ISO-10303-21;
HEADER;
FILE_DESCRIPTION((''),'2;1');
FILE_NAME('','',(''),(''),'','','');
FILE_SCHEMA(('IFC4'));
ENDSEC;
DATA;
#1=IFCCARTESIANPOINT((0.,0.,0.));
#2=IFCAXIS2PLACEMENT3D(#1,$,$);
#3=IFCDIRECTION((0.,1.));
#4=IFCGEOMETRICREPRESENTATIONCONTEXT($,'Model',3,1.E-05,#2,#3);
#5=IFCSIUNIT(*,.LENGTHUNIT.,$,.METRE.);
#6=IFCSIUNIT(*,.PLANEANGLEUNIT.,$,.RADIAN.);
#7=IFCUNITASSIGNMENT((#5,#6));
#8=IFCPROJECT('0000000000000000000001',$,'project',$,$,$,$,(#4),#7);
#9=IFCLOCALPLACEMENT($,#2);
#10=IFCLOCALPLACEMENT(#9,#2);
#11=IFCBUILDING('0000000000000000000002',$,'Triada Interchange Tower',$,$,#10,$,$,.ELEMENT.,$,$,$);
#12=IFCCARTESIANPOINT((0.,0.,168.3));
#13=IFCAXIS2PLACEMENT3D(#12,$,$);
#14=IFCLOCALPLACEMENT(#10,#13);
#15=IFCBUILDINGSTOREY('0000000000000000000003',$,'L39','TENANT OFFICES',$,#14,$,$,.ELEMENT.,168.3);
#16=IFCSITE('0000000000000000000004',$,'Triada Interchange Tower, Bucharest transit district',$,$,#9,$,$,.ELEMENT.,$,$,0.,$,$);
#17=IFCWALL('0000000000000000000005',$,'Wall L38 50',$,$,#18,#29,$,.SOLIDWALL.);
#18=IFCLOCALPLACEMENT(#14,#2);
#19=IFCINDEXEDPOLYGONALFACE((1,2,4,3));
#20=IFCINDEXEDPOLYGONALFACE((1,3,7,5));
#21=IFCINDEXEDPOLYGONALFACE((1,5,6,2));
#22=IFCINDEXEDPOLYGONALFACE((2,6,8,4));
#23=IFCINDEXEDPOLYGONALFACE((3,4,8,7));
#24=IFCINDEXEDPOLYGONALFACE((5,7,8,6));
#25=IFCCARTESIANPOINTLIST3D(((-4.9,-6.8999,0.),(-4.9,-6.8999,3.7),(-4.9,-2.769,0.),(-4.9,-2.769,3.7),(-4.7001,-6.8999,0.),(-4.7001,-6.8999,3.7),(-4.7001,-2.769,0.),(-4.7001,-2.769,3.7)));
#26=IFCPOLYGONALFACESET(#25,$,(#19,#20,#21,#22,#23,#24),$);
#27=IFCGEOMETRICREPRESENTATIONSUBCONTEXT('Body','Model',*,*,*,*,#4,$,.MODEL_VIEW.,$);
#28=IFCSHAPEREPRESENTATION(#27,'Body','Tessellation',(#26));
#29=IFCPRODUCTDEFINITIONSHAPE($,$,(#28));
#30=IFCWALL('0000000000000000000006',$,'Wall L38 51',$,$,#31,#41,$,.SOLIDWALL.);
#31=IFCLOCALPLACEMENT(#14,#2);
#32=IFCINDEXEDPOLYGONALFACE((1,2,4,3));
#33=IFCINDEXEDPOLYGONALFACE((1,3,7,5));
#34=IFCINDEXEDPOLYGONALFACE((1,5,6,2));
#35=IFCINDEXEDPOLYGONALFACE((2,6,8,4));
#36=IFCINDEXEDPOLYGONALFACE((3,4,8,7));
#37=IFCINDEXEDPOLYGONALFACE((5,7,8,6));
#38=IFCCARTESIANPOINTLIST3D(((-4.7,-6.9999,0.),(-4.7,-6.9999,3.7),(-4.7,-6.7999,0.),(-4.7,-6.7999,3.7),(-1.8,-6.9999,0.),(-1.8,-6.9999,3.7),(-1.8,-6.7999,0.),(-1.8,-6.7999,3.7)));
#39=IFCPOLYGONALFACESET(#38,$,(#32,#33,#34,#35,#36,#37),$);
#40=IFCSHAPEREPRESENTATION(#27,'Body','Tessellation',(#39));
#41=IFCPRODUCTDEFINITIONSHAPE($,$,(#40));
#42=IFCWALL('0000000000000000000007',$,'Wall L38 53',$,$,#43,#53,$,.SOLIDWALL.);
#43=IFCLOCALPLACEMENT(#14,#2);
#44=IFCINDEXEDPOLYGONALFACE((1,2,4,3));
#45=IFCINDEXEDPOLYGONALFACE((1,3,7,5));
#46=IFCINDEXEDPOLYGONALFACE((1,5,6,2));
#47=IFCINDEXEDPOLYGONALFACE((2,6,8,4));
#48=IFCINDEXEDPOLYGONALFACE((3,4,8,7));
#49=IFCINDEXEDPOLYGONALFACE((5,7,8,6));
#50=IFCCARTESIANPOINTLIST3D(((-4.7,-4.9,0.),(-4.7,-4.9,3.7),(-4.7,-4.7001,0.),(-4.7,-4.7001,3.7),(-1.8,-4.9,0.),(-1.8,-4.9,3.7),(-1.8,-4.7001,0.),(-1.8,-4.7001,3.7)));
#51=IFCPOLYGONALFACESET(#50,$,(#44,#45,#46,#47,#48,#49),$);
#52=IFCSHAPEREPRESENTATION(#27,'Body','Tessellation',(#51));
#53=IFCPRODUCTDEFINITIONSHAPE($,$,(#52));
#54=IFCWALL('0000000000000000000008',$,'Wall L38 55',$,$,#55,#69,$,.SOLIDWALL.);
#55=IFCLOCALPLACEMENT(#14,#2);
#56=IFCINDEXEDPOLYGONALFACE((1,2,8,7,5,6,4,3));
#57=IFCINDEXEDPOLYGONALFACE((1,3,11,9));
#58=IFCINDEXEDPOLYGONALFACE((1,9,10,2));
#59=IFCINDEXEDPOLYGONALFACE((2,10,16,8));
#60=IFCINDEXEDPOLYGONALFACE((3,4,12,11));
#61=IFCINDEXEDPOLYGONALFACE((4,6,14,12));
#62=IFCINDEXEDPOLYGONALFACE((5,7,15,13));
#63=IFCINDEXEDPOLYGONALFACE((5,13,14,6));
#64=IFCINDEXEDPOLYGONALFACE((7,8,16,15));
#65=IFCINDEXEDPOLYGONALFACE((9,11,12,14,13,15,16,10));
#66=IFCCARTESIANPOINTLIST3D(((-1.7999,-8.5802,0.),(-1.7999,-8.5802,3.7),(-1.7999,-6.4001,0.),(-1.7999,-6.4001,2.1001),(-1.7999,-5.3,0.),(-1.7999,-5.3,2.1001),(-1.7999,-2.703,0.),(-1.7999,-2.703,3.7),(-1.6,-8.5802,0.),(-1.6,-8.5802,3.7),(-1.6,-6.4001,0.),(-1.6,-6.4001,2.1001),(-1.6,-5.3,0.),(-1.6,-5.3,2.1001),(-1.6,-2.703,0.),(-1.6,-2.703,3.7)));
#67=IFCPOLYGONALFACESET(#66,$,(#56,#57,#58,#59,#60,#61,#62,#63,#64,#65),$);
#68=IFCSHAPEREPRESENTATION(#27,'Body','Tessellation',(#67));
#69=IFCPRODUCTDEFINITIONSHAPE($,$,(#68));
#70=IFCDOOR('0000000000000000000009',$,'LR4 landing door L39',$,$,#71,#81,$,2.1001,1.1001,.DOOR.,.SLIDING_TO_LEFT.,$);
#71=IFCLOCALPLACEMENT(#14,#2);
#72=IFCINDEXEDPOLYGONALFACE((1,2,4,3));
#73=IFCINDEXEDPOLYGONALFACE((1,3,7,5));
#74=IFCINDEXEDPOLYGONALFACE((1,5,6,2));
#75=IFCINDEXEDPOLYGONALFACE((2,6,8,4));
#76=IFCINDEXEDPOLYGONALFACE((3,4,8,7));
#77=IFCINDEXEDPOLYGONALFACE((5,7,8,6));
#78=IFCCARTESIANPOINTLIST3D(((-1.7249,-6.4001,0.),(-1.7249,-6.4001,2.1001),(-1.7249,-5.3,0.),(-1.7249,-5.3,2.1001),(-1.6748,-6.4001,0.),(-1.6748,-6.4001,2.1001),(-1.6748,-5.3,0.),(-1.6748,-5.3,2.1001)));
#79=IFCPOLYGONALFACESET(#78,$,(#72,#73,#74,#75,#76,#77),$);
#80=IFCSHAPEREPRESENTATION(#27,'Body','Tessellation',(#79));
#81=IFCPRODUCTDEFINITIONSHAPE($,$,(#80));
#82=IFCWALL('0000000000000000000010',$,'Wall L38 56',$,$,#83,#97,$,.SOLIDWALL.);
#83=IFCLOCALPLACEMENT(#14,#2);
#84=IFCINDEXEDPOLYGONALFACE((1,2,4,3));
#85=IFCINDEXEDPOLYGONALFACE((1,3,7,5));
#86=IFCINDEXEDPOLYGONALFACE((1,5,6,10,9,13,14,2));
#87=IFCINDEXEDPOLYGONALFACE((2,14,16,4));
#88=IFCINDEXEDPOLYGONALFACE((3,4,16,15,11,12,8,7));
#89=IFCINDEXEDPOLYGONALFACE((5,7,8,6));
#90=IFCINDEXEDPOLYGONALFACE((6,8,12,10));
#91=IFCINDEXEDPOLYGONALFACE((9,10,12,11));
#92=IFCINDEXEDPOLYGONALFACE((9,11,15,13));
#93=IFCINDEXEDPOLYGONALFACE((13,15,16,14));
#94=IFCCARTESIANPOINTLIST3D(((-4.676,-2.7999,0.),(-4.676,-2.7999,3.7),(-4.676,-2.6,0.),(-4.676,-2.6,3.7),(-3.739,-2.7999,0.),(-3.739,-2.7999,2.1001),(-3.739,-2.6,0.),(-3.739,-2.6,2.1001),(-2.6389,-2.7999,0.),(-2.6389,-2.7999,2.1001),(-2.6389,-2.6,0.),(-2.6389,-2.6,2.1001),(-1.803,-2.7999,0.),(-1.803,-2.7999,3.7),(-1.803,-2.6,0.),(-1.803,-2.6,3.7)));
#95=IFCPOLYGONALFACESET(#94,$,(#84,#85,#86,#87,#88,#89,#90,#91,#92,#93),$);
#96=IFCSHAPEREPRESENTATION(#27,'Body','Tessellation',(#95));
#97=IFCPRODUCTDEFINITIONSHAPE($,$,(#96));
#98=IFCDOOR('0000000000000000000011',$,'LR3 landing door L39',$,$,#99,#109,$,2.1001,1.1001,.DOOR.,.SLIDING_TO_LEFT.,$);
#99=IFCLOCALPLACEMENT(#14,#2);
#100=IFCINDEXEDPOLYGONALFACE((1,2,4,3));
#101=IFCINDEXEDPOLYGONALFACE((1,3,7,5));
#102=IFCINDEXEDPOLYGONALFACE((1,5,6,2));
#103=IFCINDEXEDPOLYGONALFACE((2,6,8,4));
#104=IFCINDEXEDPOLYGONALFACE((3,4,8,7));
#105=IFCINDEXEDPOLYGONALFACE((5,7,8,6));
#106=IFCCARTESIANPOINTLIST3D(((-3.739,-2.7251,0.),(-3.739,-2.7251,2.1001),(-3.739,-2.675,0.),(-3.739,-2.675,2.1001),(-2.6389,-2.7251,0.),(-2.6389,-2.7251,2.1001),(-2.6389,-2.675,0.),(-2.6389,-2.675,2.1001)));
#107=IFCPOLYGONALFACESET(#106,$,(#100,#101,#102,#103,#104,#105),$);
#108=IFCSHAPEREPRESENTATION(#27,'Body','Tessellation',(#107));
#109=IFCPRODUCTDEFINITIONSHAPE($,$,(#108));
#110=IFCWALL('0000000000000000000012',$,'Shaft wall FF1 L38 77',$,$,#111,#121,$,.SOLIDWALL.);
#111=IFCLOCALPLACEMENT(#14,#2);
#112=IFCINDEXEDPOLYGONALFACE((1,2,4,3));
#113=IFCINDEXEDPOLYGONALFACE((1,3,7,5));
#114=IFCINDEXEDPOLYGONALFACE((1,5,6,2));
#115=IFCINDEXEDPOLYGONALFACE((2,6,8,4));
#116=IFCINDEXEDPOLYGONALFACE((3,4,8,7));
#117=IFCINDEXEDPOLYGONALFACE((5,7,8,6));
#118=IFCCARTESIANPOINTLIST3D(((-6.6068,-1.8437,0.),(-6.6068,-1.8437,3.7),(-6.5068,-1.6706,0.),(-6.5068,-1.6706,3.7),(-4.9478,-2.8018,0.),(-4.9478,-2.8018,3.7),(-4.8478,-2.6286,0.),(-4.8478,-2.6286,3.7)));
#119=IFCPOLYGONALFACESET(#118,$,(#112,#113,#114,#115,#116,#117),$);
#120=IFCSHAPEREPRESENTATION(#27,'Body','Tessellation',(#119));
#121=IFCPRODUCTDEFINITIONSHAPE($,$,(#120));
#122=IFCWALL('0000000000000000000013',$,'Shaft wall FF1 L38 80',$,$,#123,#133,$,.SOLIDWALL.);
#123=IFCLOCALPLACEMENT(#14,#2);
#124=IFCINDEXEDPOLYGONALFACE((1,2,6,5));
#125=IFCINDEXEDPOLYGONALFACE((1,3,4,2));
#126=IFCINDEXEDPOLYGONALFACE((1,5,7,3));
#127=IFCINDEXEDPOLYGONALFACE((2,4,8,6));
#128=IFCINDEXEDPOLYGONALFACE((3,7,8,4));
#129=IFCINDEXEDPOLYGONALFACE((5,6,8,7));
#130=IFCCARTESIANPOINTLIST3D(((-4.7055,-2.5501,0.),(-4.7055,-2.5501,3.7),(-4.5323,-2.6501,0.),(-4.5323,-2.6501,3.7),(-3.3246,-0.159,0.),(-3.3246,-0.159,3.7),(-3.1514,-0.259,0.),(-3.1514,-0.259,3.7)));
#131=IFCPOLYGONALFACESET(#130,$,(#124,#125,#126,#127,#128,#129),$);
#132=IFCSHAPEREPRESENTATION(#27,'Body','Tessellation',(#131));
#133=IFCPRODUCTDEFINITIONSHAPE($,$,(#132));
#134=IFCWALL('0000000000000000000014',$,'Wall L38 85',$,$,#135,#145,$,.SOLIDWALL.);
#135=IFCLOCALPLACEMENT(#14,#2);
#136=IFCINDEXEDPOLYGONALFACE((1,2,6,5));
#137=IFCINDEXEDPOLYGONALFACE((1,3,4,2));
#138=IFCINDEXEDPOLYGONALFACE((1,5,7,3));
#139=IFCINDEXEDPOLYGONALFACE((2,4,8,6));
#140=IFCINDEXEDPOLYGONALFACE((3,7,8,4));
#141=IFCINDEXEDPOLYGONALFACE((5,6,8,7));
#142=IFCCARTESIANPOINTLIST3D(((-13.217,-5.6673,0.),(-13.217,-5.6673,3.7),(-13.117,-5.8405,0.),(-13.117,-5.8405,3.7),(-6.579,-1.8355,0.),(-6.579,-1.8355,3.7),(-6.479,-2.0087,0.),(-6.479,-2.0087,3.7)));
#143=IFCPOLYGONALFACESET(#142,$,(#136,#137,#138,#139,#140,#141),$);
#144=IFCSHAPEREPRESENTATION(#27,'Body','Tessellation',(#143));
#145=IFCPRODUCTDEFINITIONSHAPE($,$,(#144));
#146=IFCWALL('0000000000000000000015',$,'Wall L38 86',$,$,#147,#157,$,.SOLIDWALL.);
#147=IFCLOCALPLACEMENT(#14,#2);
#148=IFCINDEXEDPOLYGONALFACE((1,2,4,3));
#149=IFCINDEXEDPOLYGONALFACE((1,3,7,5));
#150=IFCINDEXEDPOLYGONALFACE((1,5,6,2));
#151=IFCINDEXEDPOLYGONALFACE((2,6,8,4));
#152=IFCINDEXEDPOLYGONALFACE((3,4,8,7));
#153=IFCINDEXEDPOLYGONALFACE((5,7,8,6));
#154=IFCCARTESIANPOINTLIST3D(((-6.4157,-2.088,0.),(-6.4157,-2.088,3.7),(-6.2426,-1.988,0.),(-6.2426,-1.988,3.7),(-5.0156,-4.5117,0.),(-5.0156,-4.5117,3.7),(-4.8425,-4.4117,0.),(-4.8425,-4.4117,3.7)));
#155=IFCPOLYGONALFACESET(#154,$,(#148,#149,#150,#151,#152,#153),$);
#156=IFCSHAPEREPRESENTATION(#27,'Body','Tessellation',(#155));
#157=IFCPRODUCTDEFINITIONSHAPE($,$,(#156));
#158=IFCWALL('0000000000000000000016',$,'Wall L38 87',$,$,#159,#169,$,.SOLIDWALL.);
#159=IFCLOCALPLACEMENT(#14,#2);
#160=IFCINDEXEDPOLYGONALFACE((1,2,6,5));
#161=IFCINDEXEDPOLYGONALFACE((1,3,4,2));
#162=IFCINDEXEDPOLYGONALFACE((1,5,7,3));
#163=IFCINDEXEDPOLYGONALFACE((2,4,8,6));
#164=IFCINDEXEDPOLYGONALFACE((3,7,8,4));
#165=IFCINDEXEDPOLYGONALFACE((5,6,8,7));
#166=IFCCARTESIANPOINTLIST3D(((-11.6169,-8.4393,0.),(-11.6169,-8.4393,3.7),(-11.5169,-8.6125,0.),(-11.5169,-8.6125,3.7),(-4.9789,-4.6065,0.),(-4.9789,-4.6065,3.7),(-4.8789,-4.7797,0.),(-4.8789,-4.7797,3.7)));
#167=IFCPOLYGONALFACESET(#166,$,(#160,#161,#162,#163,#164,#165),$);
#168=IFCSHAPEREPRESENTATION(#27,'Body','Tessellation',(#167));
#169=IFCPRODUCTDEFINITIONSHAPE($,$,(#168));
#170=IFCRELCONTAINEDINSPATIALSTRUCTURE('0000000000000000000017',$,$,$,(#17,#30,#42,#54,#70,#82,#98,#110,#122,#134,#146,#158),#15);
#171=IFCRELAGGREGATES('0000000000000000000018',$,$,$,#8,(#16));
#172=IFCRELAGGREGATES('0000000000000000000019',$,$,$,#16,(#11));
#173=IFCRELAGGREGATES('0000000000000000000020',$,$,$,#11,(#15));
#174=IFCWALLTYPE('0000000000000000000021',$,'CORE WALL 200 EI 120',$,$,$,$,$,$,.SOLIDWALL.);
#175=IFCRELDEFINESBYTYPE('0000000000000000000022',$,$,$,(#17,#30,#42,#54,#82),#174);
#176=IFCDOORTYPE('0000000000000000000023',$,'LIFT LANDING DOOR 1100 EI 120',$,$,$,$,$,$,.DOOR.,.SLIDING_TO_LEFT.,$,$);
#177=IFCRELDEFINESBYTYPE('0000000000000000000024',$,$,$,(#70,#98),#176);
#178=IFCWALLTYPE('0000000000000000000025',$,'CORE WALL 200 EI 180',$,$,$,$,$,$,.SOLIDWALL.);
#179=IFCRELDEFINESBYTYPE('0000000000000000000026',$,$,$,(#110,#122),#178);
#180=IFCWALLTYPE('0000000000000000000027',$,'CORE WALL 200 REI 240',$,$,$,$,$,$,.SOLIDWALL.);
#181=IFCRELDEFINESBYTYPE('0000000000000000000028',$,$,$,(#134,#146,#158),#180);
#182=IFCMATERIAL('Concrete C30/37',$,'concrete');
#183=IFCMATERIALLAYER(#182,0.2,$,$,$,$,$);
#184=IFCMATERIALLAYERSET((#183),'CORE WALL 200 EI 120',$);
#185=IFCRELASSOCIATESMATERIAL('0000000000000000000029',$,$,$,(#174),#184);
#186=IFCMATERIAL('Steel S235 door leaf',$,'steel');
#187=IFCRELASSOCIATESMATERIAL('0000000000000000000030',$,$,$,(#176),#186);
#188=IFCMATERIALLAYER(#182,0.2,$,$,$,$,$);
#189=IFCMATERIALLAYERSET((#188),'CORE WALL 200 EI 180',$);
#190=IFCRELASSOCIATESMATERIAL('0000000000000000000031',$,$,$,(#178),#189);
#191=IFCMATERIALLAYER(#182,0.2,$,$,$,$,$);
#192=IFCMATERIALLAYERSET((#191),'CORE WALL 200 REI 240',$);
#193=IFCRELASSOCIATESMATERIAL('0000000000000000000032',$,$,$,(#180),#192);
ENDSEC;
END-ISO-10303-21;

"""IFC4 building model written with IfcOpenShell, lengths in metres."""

from ifc_helpers import new_model, si_unit, direction, frame, frame_2d, origin, place, context, subcontext, project, spatial, rectangle, extrude, material, layer, layer_set, type_object, element, fill, save


model = new_model("IFC4")

# Units and contexts
model_context = context("Model", 3, precision=1e-05, world=origin(), true_north=direction((0.0, 1.0)))
body_context = subcontext(model_context, "Body", "Model", "MODEL_VIEW")
ifc_project = project(units=[si_unit("LENGTHUNIT", "METRE"), si_unit("PLANEANGLEUNIT", "RADIAN")], contexts=[model_context])

# Site, building, storey
site_placement = place(None, origin())
site = spatial("IfcSite", under=ifc_project, at=site_placement, Name="Triada Interchange Tower, Bucharest transit district", CompositionType="ELEMENT", RefElevation=0.0)
building_placement = place(site_placement, origin())
building = spatial("IfcBuilding", under=site, at=building_placement, Name="Triada Interchange Tower", CompositionType="ELEMENT")
storey_placement = place(building_placement, frame((0.0, 0.0, 168.3)))
storey = spatial("IfcBuildingStorey", under=building, at=storey_placement, Name="L39", Description="TENANT OFFICES", CompositionType="ELEMENT", Elevation=168.3)

# Walls
ifc_material_1 = material(Name="Concrete C30/37", Category="concrete")
ifc_layer_1 = layer(ifc_material_1, 0.2)
ifc_layer_set_1 = layer_set([ifc_layer_1], Name="CORE WALL 200 EI 120")
wall_type_1 = type_object("IfcWallType", Name="CORE WALL 200 EI 120", PredefinedType="SOLIDWALL", material=ifc_layer_set_1)
wall_1_placement = place(storey_placement, frame((-4.8, -6.8999, 0.0), z_axis=(0.0, 0.0, 1.0), x_axis=(0.0, 1.0, 0.0)))
element("IfcWall", 1, at=wall_1_placement, inside=storey, type_object=wall_type_1, Name="Wall L38 50", PredefinedType="SOLIDWALL", context=body_context, shape_type="SweptSolid", body=[
    extrude(rectangle(XDim=4.1309, YDim=0.2, at=frame_2d((2.0654, 0.0))), origin(), (0.0, 0.0, 1.0), 3.7),
])
for number, where, z_axis, x_axis, name in (
    (2, (-4.7, -6.8999, 0.0), (0.0, 0.0, 1.0), (1.0, 0.0, 0.0), "Wall L38 51"),
    (3, (-4.7, -4.8, 0.0), (0.0, 0.0, 1.0), (1.0, 0.0, 0.0), "Wall L38 53"),
):
    element("IfcWall", number, at=place(storey_placement, frame(where, z_axis=z_axis, x_axis=x_axis)), inside=storey, type_object=wall_type_1, Name=name, PredefinedType="SOLIDWALL", context=body_context, shape_type="SweptSolid", body=[
        extrude(rectangle(XDim=2.8999, YDim=0.2, at=frame_2d((1.45, 0.0))), origin(), (0.0, 0.0, 1.0), 3.7),
    ])

# Walls, openings, doors
wall_2_placement = place(storey_placement, frame((-1.7, -8.5801, 0.0), z_axis=(0.0, 0.0, 1.0), x_axis=(0.0, 1.0, 0.0)))
wall_2 = element("IfcWall", 4, at=wall_2_placement, inside=storey, type_object=wall_type_1, Name="Wall L38 55", PredefinedType="SOLIDWALL", context=body_context, shape_type="SweptSolid", body=[
    extrude(rectangle(XDim=5.8772, YDim=0.2, at=frame_2d((2.9385, 0.0))), origin(), (0.0, 0.0, 1.0), 3.7),
])
opening_1_placement = place(wall_2_placement, frame((2.1799, 0.0, 0.0)))
opening_1 = element("IfcOpeningElement", 5, at=opening_1_placement, cuts=wall_2, PredefinedType="OPENING", context=body_context, shape_type="SweptSolid", body=[
    extrude(rectangle(XDim=1.1001, YDim=2.1001, at=frame_2d((0.55, 1.05))), frame((0.0, 0.1099, 0.0), z_axis=(0.0, -1.0, 0.0), x_axis=(1.0, 0.0, 0.0)), (0.0, 0.0, 1.0), 0.22),
])
ifc_material_2 = material(Name="Steel S235 door leaf", Category="steel")
door_type_1 = type_object("IfcDoorType", Name="LIFT LANDING DOOR 1100 EI 120", OperationType="SLIDING_TO_LEFT", PredefinedType="DOOR", material=ifc_material_2)
door_1_placement = place(opening_1_placement, origin())
door_1 = element("IfcDoor", 6, at=door_1_placement, inside=storey, type_object=door_type_1, Name="LR4 landing door L39", OperationType="SLIDING_TO_LEFT", OverallHeight=2.1001, OverallWidth=1.1001, PredefinedType="DOOR", context=body_context, shape_type="SweptSolid", body=[
    extrude(rectangle(XDim=1.1001, YDim=2.1001, at=frame_2d((0.55, 1.05))), frame((0.0, 0.0249, 0.0), z_axis=(0.0, -1.0, 0.0), x_axis=(1.0, 0.0, 0.0)), (0.0, 0.0, 1.0), 0.05),
])
fill(opening_1, door_1)
wall_3_placement = place(storey_placement, frame((-4.676, -2.7, 0.0), z_axis=(0.0, 0.0, 1.0), x_axis=(1.0, 0.0, 0.0)))
wall_3 = element("IfcWall", 7, at=wall_3_placement, inside=storey, type_object=wall_type_1, Name="Wall L38 56", PredefinedType="SOLIDWALL", context=body_context, shape_type="SweptSolid", body=[
    extrude(rectangle(XDim=2.873, YDim=0.2, at=frame_2d((1.4365, 0.0))), origin(), (0.0, 0.0, 1.0), 3.7),
])
opening_2_placement = place(wall_3_placement, frame((0.937, 0.0, 0.0)))
opening_2 = element("IfcOpeningElement", 8, at=opening_2_placement, cuts=wall_3, PredefinedType="OPENING", context=body_context, shape_type="SweptSolid", body=[
    extrude(rectangle(XDim=1.1001, YDim=2.1001, at=frame_2d((0.55, 1.05))), frame((0.0, 0.1099, 0.0), z_axis=(0.0, -1.0, 0.0), x_axis=(1.0, 0.0, 0.0)), (0.0, 0.0, 1.0), 0.22),
])
door_2_placement = place(opening_2_placement, origin())
door_2 = element("IfcDoor", 9, at=door_2_placement, inside=storey, type_object=door_type_1, Name="LR3 landing door L39", OperationType="SLIDING_TO_LEFT", OverallHeight=2.1001, OverallWidth=1.1001, PredefinedType="DOOR", context=body_context, shape_type="SweptSolid", body=[
    extrude(rectangle(XDim=1.1001, YDim=2.1001, at=frame_2d((0.55, 1.05))), frame((0.0, 0.0249, 0.0), z_axis=(0.0, -1.0, 0.0), x_axis=(1.0, 0.0, 0.0)), (0.0, 0.0, 1.0), 0.05),
])
fill(opening_2, door_2)

# Walls
ifc_layer_2 = layer(ifc_material_1, 0.2)
ifc_layer_set_2 = layer_set([ifc_layer_2], Name="CORE WALL 200 EI 180")
wall_type_2 = type_object("IfcWallType", Name="CORE WALL 200 EI 180", PredefinedType="SOLIDWALL", material=ifc_layer_set_2)
wall_4_placement = place(storey_placement, frame((-6.5569, -1.7571, 0.0), z_axis=(0.0, 0.0, 1.0), x_axis=(0.865975, -0.500086, 0.0)))
element("IfcWall", 10, at=wall_4_placement, inside=storey, type_object=wall_type_2, Name="Shaft wall FF1 L38 77", PredefinedType="SOLIDWALL", context=body_context, shape_type="SweptSolid", body=[
    extrude(rectangle(XDim=1.9158, YDim=0.2, at=frame_2d((0.958, 0.0))), origin(), (0.0, 0.0, 1.0), 3.7),
])
wall_5_placement = place(storey_placement, frame((-4.6189, -2.6001, 0.0), z_axis=(0.0, 0.0, 1.0), x_axis=(0.500095, 0.865971, 0.0)))
element("IfcWall", 11, at=wall_5_placement, inside=storey, type_object=wall_type_2, Name="Shaft wall FF1 L38 80", PredefinedType="SOLIDWALL", context=body_context, shape_type="SweptSolid", body=[
    extrude(rectangle(XDim=2.7612, YDim=0.2, at=frame_2d((1.3806, 0.0))), origin(), (0.0, 0.0, 1.0), 3.7),
])
ifc_layer_3 = layer(ifc_material_1, 0.2)
ifc_layer_set_3 = layer_set([ifc_layer_3], Name="CORE WALL 200 REI 240")
wall_type_3 = type_object("IfcWallType", Name="CORE WALL 200 REI 240", PredefinedType="SOLIDWALL", material=ifc_layer_set_3)
wall_6_placement = place(storey_placement, frame((-13.167, -5.7539, 0.0), z_axis=(0.0, 0.0, 1.0), x_axis=(0.866061, 0.499938, 0.0)))
element("IfcWall", 12, at=wall_6_placement, inside=storey, type_object=wall_type_3, Name="Wall L38 85", PredefinedType="SOLIDWALL", context=body_context, shape_type="SweptSolid", body=[
    extrude(rectangle(XDim=7.6646, YDim=0.2, at=frame_2d((3.8323, 0.0))), origin(), (0.0, 0.0, 1.0), 3.7),
])
wall_7_placement = place(storey_placement, frame((-6.3291, -2.0381, 0.0), z_axis=(0.0, 0.0, 1.0), x_axis=(0.500201, -0.86591, 0.0)))
element("IfcWall", 13, at=wall_7_placement, inside=storey, type_object=wall_type_3, Name="Wall L38 86", PredefinedType="SOLIDWALL", context=body_context, shape_type="SweptSolid", body=[
    extrude(rectangle(XDim=2.7991, YDim=0.2, at=frame_2d((1.3994, 0.0))), origin(), (0.0, 0.0, 1.0), 3.7),
])
wall_8_placement = place(storey_placement, frame((-11.5669, -8.5259, 0.0), z_axis=(0.0, 0.0, 1.0), x_axis=(0.866006, 0.500034, 0.0)))
element("IfcWall", 14, at=wall_8_placement, inside=storey, type_object=wall_type_3, Name="Wall L38 87", PredefinedType="SOLIDWALL", context=body_context, shape_type="SweptSolid", body=[
    extrude(rectangle(XDim=7.665, YDim=0.2, at=frame_2d((3.8325, 0.0))), origin(), (0.0, 0.0, 1.0), 3.7),
])

save(model, "model.ifc")
